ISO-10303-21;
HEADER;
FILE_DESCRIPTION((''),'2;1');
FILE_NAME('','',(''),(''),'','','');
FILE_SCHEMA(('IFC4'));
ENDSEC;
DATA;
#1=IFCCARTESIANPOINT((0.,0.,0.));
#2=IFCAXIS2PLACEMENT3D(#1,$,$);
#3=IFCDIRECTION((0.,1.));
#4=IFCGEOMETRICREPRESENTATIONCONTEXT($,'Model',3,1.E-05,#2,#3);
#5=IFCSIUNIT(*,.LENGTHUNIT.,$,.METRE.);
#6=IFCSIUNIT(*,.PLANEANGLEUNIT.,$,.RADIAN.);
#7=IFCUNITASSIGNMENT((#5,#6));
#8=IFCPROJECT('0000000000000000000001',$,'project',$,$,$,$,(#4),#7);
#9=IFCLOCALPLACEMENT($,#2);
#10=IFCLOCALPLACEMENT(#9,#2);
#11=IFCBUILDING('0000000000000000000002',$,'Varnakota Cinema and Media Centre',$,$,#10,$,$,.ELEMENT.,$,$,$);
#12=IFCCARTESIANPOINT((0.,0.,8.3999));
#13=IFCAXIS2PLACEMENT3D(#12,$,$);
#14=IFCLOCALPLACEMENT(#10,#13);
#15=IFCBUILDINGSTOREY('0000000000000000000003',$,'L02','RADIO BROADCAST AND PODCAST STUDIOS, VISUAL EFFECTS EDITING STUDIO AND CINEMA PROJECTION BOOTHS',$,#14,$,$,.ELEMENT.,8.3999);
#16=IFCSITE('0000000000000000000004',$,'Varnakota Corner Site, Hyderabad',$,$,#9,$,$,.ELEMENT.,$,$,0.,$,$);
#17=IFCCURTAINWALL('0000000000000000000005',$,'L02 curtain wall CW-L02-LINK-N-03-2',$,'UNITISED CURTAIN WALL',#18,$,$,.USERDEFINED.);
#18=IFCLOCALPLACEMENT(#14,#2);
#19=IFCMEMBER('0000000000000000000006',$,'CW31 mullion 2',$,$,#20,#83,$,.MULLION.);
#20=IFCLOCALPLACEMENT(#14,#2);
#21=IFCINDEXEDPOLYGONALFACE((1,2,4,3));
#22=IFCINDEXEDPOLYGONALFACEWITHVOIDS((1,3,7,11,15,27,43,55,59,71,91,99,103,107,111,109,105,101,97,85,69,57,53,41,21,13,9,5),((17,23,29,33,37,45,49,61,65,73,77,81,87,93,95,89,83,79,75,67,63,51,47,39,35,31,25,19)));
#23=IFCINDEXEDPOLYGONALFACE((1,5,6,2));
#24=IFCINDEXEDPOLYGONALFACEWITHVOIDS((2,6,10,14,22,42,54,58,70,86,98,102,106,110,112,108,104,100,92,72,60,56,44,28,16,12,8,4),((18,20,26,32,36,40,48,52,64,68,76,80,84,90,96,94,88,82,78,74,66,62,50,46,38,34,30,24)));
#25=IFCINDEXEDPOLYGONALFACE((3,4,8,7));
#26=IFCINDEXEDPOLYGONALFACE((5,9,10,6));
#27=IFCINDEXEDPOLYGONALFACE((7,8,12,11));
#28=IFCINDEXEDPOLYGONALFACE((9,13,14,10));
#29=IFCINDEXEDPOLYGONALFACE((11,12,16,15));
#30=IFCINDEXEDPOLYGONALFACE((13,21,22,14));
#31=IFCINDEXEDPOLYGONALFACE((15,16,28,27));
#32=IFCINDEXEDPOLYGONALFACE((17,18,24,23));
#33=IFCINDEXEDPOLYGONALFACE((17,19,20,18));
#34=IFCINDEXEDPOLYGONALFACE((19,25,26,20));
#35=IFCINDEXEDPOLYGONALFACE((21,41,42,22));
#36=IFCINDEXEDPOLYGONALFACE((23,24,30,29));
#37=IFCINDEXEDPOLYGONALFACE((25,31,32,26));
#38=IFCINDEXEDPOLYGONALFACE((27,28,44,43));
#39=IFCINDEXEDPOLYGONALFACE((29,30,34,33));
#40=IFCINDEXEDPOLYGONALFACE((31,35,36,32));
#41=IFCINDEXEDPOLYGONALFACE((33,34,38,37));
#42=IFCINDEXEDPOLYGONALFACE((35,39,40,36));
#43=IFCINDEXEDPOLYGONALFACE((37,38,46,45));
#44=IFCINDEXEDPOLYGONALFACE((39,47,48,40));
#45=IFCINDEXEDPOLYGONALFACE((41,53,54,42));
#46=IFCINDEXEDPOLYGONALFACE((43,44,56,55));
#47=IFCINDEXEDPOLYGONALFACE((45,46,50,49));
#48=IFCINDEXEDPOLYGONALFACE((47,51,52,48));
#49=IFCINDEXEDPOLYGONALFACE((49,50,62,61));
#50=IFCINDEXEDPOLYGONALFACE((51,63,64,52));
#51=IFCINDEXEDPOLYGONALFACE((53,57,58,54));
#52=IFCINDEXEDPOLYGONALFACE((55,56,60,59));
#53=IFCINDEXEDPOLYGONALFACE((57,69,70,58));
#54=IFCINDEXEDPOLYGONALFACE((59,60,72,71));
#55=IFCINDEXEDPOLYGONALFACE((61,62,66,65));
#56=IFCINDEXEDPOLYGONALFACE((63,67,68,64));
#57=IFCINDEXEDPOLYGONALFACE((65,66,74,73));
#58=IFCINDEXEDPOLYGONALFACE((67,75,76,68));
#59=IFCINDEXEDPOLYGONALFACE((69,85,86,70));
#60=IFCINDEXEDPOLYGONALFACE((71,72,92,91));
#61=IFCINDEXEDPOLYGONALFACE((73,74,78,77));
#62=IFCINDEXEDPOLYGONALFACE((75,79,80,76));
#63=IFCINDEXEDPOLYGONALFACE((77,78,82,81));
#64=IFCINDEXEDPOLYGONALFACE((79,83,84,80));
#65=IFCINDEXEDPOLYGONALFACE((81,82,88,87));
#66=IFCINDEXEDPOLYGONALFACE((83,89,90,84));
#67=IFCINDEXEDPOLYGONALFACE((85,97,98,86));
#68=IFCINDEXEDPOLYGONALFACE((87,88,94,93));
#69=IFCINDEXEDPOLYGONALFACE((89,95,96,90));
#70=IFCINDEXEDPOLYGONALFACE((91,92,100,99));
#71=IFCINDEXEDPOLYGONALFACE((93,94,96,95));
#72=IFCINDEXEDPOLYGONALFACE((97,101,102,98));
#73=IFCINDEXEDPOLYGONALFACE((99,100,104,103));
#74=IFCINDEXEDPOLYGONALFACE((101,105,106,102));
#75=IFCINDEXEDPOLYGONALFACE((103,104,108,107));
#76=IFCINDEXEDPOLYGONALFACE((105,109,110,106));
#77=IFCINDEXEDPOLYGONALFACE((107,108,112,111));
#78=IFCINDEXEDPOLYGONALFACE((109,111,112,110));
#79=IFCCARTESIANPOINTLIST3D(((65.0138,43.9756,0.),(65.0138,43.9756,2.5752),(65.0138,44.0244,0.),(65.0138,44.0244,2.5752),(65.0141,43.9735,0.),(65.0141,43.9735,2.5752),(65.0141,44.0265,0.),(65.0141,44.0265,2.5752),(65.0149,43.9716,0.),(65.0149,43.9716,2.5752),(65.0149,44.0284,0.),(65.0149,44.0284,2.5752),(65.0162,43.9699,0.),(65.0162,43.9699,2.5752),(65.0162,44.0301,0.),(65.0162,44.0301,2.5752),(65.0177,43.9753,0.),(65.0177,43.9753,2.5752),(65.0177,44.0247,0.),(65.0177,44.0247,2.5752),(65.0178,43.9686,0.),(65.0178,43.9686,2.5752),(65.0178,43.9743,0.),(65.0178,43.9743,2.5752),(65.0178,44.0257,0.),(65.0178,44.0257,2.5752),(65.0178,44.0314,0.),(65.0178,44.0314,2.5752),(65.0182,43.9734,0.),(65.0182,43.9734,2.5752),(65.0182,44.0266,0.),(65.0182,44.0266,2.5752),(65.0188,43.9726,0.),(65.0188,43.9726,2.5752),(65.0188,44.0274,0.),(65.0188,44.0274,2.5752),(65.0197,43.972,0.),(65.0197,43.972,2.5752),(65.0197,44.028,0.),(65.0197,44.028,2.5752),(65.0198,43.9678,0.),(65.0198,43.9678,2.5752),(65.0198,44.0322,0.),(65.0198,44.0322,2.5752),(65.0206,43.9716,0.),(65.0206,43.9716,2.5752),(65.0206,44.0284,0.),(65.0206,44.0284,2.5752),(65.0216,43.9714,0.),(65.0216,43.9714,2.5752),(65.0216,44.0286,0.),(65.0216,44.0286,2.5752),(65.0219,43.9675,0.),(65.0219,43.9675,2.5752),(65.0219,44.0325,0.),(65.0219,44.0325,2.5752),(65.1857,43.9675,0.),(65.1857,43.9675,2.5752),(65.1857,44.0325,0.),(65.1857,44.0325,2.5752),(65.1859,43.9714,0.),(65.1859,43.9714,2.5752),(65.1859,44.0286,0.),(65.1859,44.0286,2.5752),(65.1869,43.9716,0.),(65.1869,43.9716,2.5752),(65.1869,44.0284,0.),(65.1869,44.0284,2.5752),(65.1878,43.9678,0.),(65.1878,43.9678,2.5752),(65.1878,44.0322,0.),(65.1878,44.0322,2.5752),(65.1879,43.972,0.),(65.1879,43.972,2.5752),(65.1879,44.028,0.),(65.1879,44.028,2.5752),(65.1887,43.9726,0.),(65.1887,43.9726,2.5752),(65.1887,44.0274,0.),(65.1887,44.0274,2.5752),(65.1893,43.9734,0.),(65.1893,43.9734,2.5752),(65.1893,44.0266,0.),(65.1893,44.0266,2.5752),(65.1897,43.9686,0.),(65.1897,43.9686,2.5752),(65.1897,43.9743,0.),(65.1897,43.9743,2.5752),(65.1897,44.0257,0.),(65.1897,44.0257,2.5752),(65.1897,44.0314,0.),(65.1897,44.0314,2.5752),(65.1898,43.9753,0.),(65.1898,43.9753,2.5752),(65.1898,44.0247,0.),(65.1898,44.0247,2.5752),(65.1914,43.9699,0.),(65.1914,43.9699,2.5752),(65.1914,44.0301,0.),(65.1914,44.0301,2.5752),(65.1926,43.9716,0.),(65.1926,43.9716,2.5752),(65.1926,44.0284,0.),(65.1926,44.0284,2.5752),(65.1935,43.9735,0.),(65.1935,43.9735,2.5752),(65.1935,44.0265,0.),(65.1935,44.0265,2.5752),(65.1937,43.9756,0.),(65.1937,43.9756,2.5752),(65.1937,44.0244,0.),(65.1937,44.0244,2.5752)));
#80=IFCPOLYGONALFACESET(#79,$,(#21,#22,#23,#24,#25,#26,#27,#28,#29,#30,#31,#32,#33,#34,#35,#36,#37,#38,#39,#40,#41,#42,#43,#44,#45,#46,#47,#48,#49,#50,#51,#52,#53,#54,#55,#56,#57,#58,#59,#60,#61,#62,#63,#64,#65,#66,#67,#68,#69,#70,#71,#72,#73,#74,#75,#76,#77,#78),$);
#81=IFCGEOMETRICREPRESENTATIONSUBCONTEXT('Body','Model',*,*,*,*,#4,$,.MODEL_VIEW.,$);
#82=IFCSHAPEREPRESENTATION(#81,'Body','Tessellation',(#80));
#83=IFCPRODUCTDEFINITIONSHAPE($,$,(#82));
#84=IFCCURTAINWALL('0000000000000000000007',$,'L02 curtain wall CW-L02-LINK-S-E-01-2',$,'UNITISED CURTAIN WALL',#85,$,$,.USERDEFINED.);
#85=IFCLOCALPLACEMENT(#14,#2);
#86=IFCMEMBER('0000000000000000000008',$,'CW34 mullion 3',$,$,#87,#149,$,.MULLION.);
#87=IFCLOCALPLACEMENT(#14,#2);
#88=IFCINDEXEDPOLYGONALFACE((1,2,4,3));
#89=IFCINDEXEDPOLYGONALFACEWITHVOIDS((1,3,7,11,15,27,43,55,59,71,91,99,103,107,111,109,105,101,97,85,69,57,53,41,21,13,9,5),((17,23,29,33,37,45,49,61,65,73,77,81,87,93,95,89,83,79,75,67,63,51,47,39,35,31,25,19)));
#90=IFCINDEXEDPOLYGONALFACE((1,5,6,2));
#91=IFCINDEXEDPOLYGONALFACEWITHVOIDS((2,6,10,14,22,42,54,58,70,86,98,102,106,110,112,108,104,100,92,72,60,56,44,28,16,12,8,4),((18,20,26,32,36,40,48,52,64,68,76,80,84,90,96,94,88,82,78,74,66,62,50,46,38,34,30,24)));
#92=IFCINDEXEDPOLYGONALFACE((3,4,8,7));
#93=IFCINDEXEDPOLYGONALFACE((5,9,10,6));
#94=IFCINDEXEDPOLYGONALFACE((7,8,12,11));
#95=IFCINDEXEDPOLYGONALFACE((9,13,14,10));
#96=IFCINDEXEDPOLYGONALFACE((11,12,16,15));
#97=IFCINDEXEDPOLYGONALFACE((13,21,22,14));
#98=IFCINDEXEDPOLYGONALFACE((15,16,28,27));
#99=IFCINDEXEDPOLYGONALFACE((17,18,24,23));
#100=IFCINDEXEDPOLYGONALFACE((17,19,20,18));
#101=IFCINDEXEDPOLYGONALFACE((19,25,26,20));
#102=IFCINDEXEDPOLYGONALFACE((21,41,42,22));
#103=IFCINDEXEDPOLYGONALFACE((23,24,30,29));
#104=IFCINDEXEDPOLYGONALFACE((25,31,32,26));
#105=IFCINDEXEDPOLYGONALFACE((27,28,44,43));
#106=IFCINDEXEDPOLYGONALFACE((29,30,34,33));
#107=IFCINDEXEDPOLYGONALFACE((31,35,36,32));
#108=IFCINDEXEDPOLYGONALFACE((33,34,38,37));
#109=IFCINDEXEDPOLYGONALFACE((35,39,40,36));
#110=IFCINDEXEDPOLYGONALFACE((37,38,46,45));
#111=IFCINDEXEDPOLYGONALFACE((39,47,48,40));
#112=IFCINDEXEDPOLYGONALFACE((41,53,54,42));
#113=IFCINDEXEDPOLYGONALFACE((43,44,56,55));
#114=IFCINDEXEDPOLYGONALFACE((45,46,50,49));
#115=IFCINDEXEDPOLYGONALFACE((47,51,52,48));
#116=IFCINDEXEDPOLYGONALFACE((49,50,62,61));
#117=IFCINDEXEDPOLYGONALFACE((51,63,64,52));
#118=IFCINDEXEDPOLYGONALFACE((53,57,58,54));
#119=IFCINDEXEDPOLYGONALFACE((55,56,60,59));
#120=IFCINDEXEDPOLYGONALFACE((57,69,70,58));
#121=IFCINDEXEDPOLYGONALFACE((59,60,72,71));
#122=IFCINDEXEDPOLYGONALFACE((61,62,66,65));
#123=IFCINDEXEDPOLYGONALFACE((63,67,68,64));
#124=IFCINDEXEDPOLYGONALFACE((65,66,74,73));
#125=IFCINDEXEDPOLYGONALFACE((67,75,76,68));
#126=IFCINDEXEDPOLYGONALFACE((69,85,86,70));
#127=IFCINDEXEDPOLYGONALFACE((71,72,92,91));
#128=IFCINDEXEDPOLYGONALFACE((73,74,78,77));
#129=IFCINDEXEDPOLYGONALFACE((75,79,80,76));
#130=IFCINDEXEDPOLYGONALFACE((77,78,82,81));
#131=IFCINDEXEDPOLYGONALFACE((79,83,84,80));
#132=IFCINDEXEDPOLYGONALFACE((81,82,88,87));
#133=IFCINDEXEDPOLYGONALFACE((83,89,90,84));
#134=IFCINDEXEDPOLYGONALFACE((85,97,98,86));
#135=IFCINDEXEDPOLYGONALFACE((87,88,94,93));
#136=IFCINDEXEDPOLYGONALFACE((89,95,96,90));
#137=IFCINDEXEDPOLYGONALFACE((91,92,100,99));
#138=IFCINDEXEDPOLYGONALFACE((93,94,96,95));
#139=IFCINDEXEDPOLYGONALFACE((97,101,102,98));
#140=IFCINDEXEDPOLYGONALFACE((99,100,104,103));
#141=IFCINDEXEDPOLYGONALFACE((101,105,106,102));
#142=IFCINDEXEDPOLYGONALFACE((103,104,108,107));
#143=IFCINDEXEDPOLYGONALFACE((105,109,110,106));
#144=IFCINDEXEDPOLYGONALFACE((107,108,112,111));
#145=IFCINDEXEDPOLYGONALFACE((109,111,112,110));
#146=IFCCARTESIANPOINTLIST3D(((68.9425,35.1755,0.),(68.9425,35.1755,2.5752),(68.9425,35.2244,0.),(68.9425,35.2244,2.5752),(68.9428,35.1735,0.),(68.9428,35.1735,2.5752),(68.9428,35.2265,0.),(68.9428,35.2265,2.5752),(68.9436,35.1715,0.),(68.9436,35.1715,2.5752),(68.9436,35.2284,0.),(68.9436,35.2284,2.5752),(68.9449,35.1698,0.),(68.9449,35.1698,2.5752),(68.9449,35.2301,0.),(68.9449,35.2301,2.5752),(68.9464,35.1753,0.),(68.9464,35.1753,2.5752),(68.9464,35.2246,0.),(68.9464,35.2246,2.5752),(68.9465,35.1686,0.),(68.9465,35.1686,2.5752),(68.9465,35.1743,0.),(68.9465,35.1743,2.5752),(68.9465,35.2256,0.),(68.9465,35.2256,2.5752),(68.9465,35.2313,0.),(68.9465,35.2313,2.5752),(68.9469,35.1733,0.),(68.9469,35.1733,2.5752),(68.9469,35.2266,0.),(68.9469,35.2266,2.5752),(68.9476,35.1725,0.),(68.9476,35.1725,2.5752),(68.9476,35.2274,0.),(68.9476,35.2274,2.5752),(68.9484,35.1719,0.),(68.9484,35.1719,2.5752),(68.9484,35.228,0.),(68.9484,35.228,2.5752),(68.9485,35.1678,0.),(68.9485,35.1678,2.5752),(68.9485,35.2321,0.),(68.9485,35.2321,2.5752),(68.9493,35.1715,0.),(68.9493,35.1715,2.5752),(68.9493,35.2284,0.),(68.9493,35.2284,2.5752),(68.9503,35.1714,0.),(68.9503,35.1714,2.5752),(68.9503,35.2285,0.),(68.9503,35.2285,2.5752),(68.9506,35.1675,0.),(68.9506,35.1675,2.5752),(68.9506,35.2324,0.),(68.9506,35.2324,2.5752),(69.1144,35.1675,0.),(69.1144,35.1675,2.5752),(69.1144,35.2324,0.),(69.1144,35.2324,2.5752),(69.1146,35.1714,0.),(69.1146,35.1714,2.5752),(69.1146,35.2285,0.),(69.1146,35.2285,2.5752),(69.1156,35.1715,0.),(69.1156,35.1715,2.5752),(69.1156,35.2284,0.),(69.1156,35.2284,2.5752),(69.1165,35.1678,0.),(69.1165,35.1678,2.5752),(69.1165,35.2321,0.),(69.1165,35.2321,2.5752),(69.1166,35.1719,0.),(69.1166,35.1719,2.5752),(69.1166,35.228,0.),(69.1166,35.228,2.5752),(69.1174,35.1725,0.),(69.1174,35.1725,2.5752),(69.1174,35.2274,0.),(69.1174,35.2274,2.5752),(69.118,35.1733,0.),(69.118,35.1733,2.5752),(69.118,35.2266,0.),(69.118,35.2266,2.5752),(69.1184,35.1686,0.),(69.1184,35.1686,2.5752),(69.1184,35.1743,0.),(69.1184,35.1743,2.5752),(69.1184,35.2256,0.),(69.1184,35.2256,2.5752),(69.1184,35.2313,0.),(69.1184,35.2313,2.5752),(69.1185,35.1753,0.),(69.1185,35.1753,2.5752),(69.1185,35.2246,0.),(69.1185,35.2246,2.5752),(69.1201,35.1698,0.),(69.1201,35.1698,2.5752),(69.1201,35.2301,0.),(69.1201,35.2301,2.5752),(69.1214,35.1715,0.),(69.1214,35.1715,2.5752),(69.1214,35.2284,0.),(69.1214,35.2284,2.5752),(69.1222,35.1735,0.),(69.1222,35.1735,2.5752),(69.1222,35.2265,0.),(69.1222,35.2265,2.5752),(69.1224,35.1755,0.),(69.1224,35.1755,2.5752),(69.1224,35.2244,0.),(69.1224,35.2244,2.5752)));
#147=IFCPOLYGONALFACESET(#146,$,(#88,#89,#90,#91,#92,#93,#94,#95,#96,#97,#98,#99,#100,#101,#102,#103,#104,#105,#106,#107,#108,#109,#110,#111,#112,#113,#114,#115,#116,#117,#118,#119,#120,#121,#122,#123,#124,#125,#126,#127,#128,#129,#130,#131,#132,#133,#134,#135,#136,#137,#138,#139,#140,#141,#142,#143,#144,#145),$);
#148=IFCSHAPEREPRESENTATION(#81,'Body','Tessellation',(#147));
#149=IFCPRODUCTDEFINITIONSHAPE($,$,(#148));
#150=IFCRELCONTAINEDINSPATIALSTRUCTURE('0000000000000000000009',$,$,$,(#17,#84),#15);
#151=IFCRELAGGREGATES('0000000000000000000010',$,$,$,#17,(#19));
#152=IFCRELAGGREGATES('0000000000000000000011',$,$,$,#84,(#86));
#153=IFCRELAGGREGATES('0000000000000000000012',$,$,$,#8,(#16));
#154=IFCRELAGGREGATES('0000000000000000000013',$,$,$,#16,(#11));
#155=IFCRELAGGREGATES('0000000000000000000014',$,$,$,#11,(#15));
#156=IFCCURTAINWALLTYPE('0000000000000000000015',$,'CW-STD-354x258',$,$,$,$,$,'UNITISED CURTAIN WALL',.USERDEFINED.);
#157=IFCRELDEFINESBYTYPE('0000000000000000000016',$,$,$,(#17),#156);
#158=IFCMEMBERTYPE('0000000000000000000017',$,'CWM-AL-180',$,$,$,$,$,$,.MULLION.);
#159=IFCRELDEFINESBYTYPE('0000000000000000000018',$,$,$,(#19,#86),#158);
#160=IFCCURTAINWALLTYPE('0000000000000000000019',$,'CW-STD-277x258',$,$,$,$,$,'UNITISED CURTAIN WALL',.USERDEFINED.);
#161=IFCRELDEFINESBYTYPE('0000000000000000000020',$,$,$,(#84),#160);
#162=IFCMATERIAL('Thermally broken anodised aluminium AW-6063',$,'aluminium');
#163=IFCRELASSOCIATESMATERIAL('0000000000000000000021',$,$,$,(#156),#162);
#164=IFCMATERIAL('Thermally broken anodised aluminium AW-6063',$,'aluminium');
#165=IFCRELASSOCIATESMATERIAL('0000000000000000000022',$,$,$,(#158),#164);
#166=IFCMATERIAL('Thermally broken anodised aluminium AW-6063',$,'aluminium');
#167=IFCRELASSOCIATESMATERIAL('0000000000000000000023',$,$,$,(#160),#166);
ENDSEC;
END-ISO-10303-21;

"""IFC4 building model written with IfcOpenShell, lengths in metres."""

from ifc_helpers import new_model, si_unit, direction, frame, origin, origin_2d, place, context, subcontext, project, spatial, hollow_rectangle, extrude, material, material_profile, profile_set, type_object, element, aggregate, save


model = new_model("IFC4")

# Units and contexts
model_context = context("Model", 3, precision=1e-05, world=origin(), true_north=direction((0.0, 1.0)))
body_context = subcontext(model_context, "Body", "Model", "MODEL_VIEW")
ifc_project = project(units=[si_unit("LENGTHUNIT", "METRE"), si_unit("PLANEANGLEUNIT", "RADIAN")], contexts=[model_context])

# Site, building, storey
site_placement = place(None, origin())
site = spatial("IfcSite", under=ifc_project, at=site_placement, Name="Varnakota Corner Site, Hyderabad", CompositionType="ELEMENT", RefElevation=0.0)
building_placement = place(site_placement, origin())
building = spatial("IfcBuilding", under=site, at=building_placement, Name="Varnakota Cinema and Media Centre", CompositionType="ELEMENT")
storey_placement = place(building_placement, frame((0.0, 0.0, 8.3999)))
storey = spatial("IfcBuildingStorey", under=building, at=storey_placement, Name="L02", Description="RADIO BROADCAST AND PODCAST STUDIOS, VISUAL EFFECTS EDITING STUDIO AND CINEMA PROJECTION BOOTHS", CompositionType="ELEMENT", Elevation=8.3999)

# Shared definitions
ifc_material_1 = material(Name="Thermally broken anodised aluminium AW-6063", Category="aluminium")
curtain_wall_type_1 = type_object("IfcCurtainWallType", Name="CW-STD-354x258", ElementType="UNITISED CURTAIN WALL", PredefinedType="USERDEFINED", material=ifc_material_1)
ifc_material_2 = material(Name="Thermally broken anodised aluminium AW-6063", Category="aluminium")
ifc_material_profile_1 = material_profile(ifc_material_2, hollow_rectangle(XDim=0.0649, YDim=0.1799, WallThickness=0.0039, InnerFilletRadius=0.0039, OuterFilletRadius=0.0081, at=origin_2d()), Name="AL-MULLION 180x65x4")
ifc_profile_set_1 = profile_set([ifc_material_profile_1], Name="Thermally broken anodised aluminium AW-6063")
member_type_1 = type_object("IfcMemberType", Name="CWM-AL-180", PredefinedType="MULLION", material=ifc_profile_set_1)

# Curtain wall, member
curtain_wall_1_placement = place(storey_placement, origin())
curtain_wall_1 = element("IfcCurtainWall", 1, at=curtain_wall_1_placement, inside=storey, type_object=curtain_wall_type_1, Name="L02 curtain wall CW-L02-LINK-N-03-2", ObjectType="UNITISED CURTAIN WALL", PredefinedType="USERDEFINED")
member_1_placement = place(storey_placement, frame((65.1038, 44.0, 0.0), z_axis=(0.0, 0.0, 1.0), x_axis=(0.0, 1.0, 0.0)))
member_1 = element("IfcMember", 2, at=member_1_placement, type_object=member_type_1, Name="CW31 mullion 2", PredefinedType="MULLION", context=body_context, shape_type="SweptSolid", body=[
    extrude(hollow_rectangle(XDim=0.0649, YDim=0.1799, WallThickness=0.0039, InnerFilletRadius=0.0039, OuterFilletRadius=0.0081, at=origin_2d()), origin(), (0.0, 0.0, 1.0), 2.5752),
])

# Curtain wall, member
ifc_material_3 = material(Name="Thermally broken anodised aluminium AW-6063", Category="aluminium")
curtain_wall_type_2 = type_object("IfcCurtainWallType", Name="CW-STD-277x258", ElementType="UNITISED CURTAIN WALL", PredefinedType="USERDEFINED", material=ifc_material_3)
curtain_wall_2_placement = place(storey_placement, origin())
curtain_wall_2 = element("IfcCurtainWall", 3, at=curtain_wall_2_placement, inside=storey, type_object=curtain_wall_type_2, Name="L02 curtain wall CW-L02-LINK-S-E-01-2", ObjectType="UNITISED CURTAIN WALL", PredefinedType="USERDEFINED")
member_2_placement = place(storey_placement, frame((69.0325, 35.2, 0.0), z_axis=(0.0, 0.0, 1.0), x_axis=(0.0, -1.0, 0.0)))
member_2 = element("IfcMember", 4, at=member_2_placement, type_object=member_type_1, Name="CW34 mullion 3", PredefinedType="MULLION", context=body_context, shape_type="SweptSolid", body=[
    extrude(hollow_rectangle(XDim=0.0649, YDim=0.1799, WallThickness=0.0039, InnerFilletRadius=0.0039, OuterFilletRadius=0.0081, at=origin_2d()), origin(), (0.0, 0.0, 1.0), 2.5752),
])

aggregate(curtain_wall_1, [member_1])
aggregate(curtain_wall_2, [member_2])

save(model, "model.ifc")
